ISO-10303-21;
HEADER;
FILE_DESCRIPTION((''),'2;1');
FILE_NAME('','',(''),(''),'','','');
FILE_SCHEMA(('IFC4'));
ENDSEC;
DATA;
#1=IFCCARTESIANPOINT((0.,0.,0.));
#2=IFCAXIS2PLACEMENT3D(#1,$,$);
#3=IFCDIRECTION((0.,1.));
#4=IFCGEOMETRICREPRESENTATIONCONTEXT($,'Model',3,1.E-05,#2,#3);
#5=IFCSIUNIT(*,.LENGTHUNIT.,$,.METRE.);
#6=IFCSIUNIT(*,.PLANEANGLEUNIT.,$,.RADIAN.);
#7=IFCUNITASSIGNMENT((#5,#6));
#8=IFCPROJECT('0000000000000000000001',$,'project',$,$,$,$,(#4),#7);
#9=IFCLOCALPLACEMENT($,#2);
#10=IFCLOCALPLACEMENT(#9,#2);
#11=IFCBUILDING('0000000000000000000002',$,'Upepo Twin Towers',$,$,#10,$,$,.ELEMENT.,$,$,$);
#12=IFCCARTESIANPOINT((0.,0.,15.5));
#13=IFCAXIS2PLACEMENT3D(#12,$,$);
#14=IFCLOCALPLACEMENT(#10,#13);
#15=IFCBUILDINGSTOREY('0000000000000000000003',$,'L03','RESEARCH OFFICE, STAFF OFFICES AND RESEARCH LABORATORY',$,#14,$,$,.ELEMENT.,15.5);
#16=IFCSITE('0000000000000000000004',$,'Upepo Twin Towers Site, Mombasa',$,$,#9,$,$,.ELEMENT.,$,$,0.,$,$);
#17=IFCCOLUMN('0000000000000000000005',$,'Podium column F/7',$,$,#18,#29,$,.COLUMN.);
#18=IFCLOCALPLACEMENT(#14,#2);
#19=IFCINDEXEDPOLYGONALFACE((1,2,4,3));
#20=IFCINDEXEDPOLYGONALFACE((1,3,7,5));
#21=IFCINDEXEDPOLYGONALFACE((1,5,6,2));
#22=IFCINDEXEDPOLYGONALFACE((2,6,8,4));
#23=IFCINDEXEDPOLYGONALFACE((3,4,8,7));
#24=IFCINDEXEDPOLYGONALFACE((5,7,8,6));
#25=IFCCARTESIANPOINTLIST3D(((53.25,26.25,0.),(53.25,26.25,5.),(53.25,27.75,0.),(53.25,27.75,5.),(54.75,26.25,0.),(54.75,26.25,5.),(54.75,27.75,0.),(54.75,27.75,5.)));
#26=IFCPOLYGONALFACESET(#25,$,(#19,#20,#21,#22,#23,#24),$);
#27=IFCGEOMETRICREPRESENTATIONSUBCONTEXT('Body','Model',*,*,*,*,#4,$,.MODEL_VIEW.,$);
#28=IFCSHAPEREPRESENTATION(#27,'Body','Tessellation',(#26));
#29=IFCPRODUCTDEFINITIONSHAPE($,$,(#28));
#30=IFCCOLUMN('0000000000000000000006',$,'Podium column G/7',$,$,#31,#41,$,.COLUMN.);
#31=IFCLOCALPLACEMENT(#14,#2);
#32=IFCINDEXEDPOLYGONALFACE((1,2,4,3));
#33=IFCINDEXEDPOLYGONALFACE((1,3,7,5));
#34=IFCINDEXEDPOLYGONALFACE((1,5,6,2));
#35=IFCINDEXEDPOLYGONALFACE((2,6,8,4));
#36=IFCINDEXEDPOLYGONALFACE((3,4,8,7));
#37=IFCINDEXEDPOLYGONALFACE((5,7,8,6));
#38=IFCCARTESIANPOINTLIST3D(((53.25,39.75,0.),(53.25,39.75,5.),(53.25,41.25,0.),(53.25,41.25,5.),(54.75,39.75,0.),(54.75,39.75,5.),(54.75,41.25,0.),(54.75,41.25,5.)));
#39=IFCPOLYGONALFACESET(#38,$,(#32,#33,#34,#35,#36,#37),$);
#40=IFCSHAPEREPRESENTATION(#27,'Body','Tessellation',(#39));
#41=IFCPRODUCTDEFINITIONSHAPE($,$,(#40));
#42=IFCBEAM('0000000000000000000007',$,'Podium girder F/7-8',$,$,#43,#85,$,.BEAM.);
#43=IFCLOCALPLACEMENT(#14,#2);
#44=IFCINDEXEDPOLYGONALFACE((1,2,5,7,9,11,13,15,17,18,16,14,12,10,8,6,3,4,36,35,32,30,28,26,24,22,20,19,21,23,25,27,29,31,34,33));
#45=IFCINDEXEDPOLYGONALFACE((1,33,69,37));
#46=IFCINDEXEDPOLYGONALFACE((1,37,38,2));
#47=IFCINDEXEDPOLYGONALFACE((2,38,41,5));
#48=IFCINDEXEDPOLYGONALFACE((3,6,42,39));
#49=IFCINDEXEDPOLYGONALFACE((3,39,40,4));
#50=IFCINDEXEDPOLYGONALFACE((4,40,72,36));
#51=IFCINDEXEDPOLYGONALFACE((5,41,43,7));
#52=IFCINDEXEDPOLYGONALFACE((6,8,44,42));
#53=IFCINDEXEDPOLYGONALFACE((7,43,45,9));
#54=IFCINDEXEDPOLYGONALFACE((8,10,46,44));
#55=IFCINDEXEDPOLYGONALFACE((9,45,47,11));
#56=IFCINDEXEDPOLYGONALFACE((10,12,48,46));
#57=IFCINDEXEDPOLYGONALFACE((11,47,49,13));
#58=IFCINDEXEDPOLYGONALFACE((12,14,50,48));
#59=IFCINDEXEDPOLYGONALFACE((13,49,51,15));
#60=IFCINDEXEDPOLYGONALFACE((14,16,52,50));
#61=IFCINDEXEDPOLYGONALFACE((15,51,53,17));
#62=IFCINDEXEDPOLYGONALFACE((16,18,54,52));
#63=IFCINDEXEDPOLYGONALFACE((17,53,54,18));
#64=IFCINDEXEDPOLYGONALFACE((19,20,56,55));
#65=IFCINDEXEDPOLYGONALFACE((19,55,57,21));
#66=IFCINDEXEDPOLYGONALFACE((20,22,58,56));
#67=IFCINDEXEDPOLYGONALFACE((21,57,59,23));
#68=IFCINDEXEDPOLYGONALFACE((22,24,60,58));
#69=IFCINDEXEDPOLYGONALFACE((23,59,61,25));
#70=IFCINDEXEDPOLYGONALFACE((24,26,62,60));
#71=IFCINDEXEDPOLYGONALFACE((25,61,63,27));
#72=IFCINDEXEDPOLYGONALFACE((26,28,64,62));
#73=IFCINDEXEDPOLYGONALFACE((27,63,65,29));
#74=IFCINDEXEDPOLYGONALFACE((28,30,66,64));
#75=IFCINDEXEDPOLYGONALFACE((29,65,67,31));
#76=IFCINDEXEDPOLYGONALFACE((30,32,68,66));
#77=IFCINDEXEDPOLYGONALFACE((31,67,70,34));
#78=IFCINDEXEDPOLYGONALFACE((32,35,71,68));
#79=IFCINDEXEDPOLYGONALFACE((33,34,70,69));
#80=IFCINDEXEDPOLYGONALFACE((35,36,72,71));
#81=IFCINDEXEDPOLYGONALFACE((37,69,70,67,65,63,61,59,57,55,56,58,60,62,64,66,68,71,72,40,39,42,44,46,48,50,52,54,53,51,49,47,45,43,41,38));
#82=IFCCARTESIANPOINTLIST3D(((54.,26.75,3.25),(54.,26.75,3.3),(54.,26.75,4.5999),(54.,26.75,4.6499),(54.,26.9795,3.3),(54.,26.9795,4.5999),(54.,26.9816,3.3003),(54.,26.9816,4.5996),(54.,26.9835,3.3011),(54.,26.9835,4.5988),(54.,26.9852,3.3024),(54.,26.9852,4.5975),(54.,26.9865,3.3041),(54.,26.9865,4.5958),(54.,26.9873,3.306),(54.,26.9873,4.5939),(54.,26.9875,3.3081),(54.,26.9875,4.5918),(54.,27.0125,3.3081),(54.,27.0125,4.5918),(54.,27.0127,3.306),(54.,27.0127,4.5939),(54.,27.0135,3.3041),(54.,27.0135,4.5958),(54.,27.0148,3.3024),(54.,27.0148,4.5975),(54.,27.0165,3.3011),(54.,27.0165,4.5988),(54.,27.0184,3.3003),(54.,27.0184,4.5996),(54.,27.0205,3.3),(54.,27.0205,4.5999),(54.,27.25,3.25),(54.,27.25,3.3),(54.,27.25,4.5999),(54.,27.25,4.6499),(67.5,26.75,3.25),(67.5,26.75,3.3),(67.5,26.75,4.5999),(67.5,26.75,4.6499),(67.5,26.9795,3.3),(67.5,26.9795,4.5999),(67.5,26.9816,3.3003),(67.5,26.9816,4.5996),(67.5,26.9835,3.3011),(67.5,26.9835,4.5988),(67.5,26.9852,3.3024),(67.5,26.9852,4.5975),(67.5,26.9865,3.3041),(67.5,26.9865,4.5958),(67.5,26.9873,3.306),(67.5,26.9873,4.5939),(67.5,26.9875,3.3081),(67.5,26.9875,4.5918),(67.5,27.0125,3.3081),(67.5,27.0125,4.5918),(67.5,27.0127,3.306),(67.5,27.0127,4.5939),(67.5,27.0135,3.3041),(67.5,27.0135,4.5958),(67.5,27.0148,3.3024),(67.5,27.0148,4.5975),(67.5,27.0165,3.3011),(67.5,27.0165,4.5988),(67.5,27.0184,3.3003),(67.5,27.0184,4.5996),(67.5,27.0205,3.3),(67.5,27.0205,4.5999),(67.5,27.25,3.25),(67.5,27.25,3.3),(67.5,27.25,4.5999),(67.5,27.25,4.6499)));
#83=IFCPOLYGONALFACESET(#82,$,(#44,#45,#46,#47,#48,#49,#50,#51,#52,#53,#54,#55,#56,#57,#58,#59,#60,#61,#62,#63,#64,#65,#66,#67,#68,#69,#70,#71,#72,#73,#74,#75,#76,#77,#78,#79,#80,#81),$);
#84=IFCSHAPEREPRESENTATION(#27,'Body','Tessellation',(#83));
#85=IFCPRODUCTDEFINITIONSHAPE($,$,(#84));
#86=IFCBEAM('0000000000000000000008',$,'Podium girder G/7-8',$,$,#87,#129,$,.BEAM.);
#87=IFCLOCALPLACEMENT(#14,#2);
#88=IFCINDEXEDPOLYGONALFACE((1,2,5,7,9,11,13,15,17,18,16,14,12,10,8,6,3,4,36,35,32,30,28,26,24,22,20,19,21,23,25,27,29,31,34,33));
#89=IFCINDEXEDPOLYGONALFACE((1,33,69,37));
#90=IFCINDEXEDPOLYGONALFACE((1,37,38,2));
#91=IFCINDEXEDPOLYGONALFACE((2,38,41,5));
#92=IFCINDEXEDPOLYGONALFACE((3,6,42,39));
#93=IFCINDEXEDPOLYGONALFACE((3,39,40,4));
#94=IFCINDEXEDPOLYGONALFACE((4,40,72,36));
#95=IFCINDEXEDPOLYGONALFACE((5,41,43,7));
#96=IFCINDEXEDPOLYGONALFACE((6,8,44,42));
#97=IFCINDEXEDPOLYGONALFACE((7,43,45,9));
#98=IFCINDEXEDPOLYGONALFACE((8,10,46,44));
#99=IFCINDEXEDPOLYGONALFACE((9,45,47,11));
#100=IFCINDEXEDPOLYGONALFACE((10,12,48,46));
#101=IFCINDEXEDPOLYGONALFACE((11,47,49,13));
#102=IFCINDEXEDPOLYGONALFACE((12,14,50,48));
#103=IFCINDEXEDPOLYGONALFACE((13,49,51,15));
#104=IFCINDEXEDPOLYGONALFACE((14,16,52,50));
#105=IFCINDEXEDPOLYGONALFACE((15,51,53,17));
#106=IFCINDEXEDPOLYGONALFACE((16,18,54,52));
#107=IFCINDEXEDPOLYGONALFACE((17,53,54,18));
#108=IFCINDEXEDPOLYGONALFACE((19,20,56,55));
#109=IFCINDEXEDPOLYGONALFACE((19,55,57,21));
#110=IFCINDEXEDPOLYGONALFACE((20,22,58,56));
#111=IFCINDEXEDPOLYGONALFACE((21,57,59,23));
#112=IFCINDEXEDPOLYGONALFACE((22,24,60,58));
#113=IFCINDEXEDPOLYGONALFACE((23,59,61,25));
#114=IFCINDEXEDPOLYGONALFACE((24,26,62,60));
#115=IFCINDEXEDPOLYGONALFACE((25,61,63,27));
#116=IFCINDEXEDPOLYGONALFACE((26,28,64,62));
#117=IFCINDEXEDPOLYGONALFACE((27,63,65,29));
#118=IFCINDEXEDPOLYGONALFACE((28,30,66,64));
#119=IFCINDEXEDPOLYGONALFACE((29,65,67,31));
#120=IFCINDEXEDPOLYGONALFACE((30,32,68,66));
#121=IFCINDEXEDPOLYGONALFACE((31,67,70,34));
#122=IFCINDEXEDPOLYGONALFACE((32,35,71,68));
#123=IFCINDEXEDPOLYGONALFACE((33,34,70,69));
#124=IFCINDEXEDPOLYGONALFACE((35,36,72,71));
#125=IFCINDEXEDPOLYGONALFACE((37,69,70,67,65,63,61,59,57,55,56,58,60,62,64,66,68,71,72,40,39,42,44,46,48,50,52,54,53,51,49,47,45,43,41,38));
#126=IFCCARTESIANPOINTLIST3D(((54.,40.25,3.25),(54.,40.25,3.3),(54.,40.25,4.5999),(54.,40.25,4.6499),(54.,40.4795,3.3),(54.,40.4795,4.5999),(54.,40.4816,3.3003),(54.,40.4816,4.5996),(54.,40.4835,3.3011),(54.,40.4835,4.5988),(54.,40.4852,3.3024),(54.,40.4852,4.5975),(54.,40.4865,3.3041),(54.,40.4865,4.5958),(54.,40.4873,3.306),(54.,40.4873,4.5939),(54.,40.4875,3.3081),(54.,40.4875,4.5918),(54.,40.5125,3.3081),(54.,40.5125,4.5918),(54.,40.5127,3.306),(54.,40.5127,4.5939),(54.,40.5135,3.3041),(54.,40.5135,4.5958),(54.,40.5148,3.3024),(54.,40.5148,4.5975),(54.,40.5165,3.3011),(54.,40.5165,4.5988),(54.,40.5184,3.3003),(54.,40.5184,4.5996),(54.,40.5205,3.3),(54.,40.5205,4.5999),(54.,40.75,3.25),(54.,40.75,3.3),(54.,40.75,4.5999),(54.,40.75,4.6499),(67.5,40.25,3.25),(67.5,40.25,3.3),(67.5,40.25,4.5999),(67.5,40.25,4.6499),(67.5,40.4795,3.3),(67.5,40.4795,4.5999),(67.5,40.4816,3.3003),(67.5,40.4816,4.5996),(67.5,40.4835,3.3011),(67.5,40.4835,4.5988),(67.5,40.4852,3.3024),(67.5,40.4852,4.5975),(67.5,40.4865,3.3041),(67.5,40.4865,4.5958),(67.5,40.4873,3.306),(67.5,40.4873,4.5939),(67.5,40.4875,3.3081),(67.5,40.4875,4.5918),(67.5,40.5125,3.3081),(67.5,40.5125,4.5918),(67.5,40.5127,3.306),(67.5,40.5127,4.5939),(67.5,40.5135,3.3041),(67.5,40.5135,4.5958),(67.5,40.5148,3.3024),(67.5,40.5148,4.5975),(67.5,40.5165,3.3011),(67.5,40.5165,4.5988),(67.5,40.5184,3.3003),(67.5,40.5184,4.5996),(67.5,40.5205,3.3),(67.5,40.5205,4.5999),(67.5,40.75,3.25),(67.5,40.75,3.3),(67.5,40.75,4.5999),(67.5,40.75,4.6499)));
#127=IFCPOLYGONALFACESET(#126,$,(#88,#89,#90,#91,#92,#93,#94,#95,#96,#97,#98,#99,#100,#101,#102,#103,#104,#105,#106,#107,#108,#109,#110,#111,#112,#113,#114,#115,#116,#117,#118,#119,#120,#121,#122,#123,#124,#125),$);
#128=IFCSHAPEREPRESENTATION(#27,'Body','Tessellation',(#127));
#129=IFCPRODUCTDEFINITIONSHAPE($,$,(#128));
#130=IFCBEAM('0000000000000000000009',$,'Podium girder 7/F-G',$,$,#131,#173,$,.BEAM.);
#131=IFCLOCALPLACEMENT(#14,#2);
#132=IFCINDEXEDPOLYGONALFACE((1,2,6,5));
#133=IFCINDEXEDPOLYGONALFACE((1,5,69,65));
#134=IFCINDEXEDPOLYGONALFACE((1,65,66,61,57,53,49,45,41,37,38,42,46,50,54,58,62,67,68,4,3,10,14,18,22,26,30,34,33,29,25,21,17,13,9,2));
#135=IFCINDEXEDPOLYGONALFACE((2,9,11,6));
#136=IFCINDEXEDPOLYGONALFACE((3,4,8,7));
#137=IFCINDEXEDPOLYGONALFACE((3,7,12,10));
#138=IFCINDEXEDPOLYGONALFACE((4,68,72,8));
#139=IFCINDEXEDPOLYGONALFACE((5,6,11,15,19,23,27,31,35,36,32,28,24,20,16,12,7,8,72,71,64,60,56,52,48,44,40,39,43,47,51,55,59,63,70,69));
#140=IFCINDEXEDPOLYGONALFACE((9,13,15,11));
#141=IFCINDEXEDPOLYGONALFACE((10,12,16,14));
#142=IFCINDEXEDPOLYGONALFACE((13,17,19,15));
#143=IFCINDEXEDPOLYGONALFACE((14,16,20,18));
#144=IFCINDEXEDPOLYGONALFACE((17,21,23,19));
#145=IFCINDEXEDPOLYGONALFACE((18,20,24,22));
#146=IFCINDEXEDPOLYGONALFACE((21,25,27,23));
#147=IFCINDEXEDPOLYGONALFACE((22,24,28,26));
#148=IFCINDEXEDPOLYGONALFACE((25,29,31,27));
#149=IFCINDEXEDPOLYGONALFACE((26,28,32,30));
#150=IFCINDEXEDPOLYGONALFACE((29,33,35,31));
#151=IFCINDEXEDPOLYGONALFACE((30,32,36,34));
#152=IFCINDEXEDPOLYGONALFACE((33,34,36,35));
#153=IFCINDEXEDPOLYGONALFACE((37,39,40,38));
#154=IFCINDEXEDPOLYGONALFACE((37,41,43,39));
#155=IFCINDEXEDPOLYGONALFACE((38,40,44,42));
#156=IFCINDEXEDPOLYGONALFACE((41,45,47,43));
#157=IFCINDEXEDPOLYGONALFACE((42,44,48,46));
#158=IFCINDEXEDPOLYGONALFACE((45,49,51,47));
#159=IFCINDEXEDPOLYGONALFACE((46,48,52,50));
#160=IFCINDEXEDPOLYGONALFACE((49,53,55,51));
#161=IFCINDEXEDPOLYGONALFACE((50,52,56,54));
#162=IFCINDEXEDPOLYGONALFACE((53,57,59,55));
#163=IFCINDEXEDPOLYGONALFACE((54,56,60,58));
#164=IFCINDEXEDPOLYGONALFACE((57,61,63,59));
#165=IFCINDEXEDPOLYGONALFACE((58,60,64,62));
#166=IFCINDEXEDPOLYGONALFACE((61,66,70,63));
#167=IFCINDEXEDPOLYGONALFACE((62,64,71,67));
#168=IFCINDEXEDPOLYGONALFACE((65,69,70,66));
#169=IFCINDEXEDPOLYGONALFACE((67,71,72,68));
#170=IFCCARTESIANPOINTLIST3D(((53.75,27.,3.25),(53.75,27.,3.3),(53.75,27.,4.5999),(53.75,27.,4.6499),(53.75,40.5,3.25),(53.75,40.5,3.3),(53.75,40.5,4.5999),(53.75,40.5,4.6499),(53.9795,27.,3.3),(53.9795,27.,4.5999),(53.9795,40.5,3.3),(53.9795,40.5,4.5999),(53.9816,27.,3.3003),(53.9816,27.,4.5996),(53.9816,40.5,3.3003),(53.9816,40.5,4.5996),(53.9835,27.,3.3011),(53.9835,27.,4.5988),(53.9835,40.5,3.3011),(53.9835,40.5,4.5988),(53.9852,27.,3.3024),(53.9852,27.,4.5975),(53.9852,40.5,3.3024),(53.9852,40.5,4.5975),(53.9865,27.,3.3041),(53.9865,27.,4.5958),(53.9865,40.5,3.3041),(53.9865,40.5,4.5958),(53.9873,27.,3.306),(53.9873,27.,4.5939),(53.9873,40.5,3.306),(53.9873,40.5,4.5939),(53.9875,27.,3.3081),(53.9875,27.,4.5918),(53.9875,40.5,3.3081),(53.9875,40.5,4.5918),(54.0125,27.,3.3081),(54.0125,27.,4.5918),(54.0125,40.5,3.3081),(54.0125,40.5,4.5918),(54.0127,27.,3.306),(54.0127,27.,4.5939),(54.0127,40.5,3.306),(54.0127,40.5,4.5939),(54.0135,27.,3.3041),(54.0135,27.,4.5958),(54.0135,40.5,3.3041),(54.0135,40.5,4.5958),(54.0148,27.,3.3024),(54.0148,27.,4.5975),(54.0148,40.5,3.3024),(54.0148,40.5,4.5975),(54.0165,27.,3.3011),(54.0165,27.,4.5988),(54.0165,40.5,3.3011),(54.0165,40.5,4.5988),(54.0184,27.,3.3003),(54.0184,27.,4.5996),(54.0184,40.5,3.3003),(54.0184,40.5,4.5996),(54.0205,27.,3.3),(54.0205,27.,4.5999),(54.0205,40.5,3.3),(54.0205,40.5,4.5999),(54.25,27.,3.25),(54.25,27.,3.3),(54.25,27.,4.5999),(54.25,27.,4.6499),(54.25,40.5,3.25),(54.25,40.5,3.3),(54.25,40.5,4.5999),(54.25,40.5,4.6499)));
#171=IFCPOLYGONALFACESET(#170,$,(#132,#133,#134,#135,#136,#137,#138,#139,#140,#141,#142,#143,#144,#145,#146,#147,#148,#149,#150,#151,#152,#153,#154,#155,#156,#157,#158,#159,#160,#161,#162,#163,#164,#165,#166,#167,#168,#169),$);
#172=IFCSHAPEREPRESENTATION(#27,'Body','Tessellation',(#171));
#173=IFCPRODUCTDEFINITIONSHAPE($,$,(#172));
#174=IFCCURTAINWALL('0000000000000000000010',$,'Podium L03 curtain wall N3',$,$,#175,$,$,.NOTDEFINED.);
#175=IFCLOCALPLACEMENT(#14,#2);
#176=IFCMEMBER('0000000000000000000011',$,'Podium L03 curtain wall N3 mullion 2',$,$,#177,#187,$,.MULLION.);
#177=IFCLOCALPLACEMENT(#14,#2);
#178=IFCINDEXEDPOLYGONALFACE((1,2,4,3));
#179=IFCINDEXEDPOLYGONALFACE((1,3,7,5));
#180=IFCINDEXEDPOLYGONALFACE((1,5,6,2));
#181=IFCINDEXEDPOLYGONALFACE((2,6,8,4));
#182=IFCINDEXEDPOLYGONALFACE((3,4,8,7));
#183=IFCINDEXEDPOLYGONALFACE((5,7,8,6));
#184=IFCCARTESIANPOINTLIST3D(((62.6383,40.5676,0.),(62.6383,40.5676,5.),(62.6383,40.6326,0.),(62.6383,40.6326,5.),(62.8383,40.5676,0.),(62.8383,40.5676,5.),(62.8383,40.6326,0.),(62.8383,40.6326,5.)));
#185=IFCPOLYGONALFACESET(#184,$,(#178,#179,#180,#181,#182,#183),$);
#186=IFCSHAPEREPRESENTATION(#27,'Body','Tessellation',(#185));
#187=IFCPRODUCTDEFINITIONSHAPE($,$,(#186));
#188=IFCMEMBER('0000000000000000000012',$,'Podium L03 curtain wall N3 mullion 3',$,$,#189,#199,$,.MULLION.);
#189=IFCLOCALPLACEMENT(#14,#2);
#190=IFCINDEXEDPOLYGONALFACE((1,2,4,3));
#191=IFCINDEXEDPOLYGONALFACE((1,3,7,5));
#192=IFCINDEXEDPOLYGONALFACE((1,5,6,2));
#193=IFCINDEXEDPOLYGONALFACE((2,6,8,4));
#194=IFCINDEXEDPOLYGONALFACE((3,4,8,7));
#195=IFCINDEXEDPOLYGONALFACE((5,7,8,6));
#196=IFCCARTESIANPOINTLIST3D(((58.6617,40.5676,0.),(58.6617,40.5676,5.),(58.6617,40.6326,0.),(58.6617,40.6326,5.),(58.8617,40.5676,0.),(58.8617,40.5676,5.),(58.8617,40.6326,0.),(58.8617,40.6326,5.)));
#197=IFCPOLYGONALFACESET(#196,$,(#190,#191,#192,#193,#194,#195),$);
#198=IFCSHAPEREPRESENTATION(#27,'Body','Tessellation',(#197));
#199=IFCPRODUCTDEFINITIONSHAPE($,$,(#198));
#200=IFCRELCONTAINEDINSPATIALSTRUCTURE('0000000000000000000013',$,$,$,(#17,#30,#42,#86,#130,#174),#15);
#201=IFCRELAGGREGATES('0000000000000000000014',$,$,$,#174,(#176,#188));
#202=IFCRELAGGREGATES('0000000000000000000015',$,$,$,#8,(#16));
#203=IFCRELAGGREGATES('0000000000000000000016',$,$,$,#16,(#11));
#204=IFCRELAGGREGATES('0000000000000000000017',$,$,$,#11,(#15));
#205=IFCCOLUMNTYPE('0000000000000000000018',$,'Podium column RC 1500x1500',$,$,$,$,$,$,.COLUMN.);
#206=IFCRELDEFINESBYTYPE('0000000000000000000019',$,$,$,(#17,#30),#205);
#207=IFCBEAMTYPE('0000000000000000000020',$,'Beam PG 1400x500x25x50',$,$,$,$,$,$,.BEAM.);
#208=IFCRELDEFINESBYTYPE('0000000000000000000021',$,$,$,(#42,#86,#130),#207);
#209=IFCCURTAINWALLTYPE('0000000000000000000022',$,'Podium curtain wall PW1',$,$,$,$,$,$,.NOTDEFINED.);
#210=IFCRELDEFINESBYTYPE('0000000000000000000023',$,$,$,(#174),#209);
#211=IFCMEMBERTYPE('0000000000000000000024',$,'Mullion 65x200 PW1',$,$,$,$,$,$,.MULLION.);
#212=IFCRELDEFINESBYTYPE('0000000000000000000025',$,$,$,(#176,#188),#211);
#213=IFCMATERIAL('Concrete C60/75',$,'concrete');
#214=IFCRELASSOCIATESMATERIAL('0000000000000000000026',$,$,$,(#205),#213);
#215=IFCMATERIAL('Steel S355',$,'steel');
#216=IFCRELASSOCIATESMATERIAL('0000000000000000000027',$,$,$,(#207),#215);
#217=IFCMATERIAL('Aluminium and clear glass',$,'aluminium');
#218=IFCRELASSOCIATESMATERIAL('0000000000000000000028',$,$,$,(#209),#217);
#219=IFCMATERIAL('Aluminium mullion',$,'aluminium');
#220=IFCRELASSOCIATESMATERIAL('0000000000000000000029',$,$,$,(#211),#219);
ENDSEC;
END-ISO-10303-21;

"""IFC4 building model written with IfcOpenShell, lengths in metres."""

from ifc_helpers import new_model, si_unit, direction, frame, origin, origin_2d, place, context, subcontext, project, spatial, rectangle, i_section, extrude, material, material_profile, profile_set, type_object, element, aggregate, save


model = new_model("IFC4")

# Units and contexts
model_context = context("Model", 3, precision=1e-05, world=origin(), true_north=direction((0.0, 1.0)))
body_context = subcontext(model_context, "Body", "Model", "MODEL_VIEW")
ifc_project = project(units=[si_unit("LENGTHUNIT", "METRE"), si_unit("PLANEANGLEUNIT", "RADIAN")], contexts=[model_context])

# Site, building, storey
site_placement = place(None, origin())
site = spatial("IfcSite", under=ifc_project, at=site_placement, Name="Upepo Twin Towers Site, Mombasa", CompositionType="ELEMENT", RefElevation=0.0)
building_placement = place(site_placement, origin())
building = spatial("IfcBuilding", under=site, at=building_placement, Name="Upepo Twin Towers", CompositionType="ELEMENT")
storey_placement = place(building_placement, frame((0.0, 0.0, 15.5)))
storey = spatial("IfcBuildingStorey", under=building, at=storey_placement, Name="L03", Description="RESEARCH OFFICE, STAFF OFFICES AND RESEARCH LABORATORY", CompositionType="ELEMENT", Elevation=15.5)

# Columns
ifc_material_1 = material(Name="Concrete C60/75", Category="concrete")
ifc_material_profile_1 = material_profile(ifc_material_1, rectangle(XDim=1.5, YDim=1.5, at=origin_2d()), Name="RC 1500x1500")
ifc_profile_set_1 = profile_set([ifc_material_profile_1], Name="Concrete C60/75")
column_type = type_object("IfcColumnType", Name="Podium column RC 1500x1500", PredefinedType="COLUMN", material=ifc_profile_set_1)
for number, where, z_axis, x_axis, name in (
    (1, (54.0, 27.0, 0.0), (0.0, 0.0, 1.0), (1.0, 0.0, 0.0), "Podium column F/7"),
    (2, (54.0, 40.5, 0.0), (0.0, 0.0, 1.0), (1.0, 0.0, 0.0), "Podium column G/7"),
):
    element("IfcColumn", number, at=place(storey_placement, frame(where, z_axis=z_axis, x_axis=x_axis)), inside=storey, type_object=column_type, Name=name, PredefinedType="COLUMN", context=body_context, shape_type="SweptSolid", body=[
        extrude(rectangle(XDim=1.5, YDim=1.5, at=origin_2d()), origin(), (0.0, 0.0, 1.0), 5.0),
    ])

# Beams
ifc_material_2 = material(Name="Steel S355", Category="steel")
ifc_material_profile_2 = material_profile(ifc_material_2, i_section(OverallWidth=0.5, OverallDepth=1.3999, WebThickness=0.0249, FlangeThickness=0.05, FilletRadius=0.0081, at=origin_2d()), Name="PG 1400x500x25x50")
ifc_profile_set_2 = profile_set([ifc_material_profile_2], Name="Steel S355")
beam_type_1 = type_object("IfcBeamType", Name="Beam PG 1400x500x25x50", PredefinedType="BEAM", material=ifc_profile_set_2)
for number, where, z_axis, x_axis, name in (
    (3, (54.0, 27.0, 3.95), (1.0, 0.0, 0.0), (0.0, 1.0, 0.0), "Podium girder F/7-8"),
    (4, (54.0, 40.5, 3.95), (1.0, 0.0, 0.0), (0.0, 1.0, 0.0), "Podium girder G/7-8"),
    (5, (54.0, 27.0, 3.95), (0.0, 1.0, 0.0), (-1.0, 0.0, 0.0), "Podium girder 7/F-G"),
):
    element("IfcBeam", number, at=place(storey_placement, frame(where, z_axis=z_axis, x_axis=x_axis)), inside=storey, type_object=beam_type_1, Name=name, PredefinedType="BEAM", context=body_context, shape_type="SweptSolid", body=[
        extrude(i_section(OverallWidth=0.5, OverallDepth=1.3999, WebThickness=0.0249, FlangeThickness=0.05, FilletRadius=0.0081, at=origin_2d()), origin(), (0.0, 0.0, 1.0), 13.5),
    ])

# Curtain wall, members
ifc_material_3 = material(Name="Aluminium and clear glass", Category="aluminium")
curtain_wall_type = type_object("IfcCurtainWallType", Name="Podium curtain wall PW1", PredefinedType="NOTDEFINED", material=ifc_material_3)
curtain_wall_1_placement = place(storey_placement, origin())
curtain_wall_1 = element("IfcCurtainWall", 6, at=curtain_wall_1_placement, inside=storey, type_object=curtain_wall_type, Name="Podium L03 curtain wall N3", PredefinedType="NOTDEFINED")
ifc_material_4 = material(Name="Aluminium mullion", Category="aluminium")
ifc_material_profile_3 = material_profile(ifc_material_4, rectangle(XDim=0.0649, YDim=0.2, at=origin_2d()), Name="MULLION 65x200 PODIUM")
ifc_profile_set_3 = profile_set([ifc_material_profile_3], Name="Aluminium mullion")
member_type_1 = type_object("IfcMemberType", Name="Mullion 65x200 PW1", PredefinedType="MULLION", material=ifc_profile_set_3)
member_1_placement = place(storey_placement, frame((62.7383, 40.6001, 0.0), z_axis=(0.0, 0.0, 1.0), x_axis=(0.0, -1.0, 0.0)))
member_1 = element("IfcMember", 7, at=member_1_placement, type_object=member_type_1, Name="Podium L03 curtain wall N3 mullion 2", PredefinedType="MULLION", context=body_context, shape_type="SweptSolid", body=[
    extrude(rectangle(XDim=0.0649, YDim=0.2, at=origin_2d()), origin(), (0.0, 0.0, 1.0), 5.0),
])
member_2_placement = place(storey_placement, frame((58.7617, 40.6001, 0.0), z_axis=(0.0, 0.0, 1.0), x_axis=(0.0, -1.0, 0.0)))
member_2 = element("IfcMember", 8, at=member_2_placement, type_object=member_type_1, Name="Podium L03 curtain wall N3 mullion 3", PredefinedType="MULLION", context=body_context, shape_type="SweptSolid", body=[
    extrude(rectangle(XDim=0.0649, YDim=0.2, at=origin_2d()), origin(), (0.0, 0.0, 1.0), 5.0),
])

aggregate(curtain_wall_1, [member_1, member_2])

save(model, "model.ifc")
